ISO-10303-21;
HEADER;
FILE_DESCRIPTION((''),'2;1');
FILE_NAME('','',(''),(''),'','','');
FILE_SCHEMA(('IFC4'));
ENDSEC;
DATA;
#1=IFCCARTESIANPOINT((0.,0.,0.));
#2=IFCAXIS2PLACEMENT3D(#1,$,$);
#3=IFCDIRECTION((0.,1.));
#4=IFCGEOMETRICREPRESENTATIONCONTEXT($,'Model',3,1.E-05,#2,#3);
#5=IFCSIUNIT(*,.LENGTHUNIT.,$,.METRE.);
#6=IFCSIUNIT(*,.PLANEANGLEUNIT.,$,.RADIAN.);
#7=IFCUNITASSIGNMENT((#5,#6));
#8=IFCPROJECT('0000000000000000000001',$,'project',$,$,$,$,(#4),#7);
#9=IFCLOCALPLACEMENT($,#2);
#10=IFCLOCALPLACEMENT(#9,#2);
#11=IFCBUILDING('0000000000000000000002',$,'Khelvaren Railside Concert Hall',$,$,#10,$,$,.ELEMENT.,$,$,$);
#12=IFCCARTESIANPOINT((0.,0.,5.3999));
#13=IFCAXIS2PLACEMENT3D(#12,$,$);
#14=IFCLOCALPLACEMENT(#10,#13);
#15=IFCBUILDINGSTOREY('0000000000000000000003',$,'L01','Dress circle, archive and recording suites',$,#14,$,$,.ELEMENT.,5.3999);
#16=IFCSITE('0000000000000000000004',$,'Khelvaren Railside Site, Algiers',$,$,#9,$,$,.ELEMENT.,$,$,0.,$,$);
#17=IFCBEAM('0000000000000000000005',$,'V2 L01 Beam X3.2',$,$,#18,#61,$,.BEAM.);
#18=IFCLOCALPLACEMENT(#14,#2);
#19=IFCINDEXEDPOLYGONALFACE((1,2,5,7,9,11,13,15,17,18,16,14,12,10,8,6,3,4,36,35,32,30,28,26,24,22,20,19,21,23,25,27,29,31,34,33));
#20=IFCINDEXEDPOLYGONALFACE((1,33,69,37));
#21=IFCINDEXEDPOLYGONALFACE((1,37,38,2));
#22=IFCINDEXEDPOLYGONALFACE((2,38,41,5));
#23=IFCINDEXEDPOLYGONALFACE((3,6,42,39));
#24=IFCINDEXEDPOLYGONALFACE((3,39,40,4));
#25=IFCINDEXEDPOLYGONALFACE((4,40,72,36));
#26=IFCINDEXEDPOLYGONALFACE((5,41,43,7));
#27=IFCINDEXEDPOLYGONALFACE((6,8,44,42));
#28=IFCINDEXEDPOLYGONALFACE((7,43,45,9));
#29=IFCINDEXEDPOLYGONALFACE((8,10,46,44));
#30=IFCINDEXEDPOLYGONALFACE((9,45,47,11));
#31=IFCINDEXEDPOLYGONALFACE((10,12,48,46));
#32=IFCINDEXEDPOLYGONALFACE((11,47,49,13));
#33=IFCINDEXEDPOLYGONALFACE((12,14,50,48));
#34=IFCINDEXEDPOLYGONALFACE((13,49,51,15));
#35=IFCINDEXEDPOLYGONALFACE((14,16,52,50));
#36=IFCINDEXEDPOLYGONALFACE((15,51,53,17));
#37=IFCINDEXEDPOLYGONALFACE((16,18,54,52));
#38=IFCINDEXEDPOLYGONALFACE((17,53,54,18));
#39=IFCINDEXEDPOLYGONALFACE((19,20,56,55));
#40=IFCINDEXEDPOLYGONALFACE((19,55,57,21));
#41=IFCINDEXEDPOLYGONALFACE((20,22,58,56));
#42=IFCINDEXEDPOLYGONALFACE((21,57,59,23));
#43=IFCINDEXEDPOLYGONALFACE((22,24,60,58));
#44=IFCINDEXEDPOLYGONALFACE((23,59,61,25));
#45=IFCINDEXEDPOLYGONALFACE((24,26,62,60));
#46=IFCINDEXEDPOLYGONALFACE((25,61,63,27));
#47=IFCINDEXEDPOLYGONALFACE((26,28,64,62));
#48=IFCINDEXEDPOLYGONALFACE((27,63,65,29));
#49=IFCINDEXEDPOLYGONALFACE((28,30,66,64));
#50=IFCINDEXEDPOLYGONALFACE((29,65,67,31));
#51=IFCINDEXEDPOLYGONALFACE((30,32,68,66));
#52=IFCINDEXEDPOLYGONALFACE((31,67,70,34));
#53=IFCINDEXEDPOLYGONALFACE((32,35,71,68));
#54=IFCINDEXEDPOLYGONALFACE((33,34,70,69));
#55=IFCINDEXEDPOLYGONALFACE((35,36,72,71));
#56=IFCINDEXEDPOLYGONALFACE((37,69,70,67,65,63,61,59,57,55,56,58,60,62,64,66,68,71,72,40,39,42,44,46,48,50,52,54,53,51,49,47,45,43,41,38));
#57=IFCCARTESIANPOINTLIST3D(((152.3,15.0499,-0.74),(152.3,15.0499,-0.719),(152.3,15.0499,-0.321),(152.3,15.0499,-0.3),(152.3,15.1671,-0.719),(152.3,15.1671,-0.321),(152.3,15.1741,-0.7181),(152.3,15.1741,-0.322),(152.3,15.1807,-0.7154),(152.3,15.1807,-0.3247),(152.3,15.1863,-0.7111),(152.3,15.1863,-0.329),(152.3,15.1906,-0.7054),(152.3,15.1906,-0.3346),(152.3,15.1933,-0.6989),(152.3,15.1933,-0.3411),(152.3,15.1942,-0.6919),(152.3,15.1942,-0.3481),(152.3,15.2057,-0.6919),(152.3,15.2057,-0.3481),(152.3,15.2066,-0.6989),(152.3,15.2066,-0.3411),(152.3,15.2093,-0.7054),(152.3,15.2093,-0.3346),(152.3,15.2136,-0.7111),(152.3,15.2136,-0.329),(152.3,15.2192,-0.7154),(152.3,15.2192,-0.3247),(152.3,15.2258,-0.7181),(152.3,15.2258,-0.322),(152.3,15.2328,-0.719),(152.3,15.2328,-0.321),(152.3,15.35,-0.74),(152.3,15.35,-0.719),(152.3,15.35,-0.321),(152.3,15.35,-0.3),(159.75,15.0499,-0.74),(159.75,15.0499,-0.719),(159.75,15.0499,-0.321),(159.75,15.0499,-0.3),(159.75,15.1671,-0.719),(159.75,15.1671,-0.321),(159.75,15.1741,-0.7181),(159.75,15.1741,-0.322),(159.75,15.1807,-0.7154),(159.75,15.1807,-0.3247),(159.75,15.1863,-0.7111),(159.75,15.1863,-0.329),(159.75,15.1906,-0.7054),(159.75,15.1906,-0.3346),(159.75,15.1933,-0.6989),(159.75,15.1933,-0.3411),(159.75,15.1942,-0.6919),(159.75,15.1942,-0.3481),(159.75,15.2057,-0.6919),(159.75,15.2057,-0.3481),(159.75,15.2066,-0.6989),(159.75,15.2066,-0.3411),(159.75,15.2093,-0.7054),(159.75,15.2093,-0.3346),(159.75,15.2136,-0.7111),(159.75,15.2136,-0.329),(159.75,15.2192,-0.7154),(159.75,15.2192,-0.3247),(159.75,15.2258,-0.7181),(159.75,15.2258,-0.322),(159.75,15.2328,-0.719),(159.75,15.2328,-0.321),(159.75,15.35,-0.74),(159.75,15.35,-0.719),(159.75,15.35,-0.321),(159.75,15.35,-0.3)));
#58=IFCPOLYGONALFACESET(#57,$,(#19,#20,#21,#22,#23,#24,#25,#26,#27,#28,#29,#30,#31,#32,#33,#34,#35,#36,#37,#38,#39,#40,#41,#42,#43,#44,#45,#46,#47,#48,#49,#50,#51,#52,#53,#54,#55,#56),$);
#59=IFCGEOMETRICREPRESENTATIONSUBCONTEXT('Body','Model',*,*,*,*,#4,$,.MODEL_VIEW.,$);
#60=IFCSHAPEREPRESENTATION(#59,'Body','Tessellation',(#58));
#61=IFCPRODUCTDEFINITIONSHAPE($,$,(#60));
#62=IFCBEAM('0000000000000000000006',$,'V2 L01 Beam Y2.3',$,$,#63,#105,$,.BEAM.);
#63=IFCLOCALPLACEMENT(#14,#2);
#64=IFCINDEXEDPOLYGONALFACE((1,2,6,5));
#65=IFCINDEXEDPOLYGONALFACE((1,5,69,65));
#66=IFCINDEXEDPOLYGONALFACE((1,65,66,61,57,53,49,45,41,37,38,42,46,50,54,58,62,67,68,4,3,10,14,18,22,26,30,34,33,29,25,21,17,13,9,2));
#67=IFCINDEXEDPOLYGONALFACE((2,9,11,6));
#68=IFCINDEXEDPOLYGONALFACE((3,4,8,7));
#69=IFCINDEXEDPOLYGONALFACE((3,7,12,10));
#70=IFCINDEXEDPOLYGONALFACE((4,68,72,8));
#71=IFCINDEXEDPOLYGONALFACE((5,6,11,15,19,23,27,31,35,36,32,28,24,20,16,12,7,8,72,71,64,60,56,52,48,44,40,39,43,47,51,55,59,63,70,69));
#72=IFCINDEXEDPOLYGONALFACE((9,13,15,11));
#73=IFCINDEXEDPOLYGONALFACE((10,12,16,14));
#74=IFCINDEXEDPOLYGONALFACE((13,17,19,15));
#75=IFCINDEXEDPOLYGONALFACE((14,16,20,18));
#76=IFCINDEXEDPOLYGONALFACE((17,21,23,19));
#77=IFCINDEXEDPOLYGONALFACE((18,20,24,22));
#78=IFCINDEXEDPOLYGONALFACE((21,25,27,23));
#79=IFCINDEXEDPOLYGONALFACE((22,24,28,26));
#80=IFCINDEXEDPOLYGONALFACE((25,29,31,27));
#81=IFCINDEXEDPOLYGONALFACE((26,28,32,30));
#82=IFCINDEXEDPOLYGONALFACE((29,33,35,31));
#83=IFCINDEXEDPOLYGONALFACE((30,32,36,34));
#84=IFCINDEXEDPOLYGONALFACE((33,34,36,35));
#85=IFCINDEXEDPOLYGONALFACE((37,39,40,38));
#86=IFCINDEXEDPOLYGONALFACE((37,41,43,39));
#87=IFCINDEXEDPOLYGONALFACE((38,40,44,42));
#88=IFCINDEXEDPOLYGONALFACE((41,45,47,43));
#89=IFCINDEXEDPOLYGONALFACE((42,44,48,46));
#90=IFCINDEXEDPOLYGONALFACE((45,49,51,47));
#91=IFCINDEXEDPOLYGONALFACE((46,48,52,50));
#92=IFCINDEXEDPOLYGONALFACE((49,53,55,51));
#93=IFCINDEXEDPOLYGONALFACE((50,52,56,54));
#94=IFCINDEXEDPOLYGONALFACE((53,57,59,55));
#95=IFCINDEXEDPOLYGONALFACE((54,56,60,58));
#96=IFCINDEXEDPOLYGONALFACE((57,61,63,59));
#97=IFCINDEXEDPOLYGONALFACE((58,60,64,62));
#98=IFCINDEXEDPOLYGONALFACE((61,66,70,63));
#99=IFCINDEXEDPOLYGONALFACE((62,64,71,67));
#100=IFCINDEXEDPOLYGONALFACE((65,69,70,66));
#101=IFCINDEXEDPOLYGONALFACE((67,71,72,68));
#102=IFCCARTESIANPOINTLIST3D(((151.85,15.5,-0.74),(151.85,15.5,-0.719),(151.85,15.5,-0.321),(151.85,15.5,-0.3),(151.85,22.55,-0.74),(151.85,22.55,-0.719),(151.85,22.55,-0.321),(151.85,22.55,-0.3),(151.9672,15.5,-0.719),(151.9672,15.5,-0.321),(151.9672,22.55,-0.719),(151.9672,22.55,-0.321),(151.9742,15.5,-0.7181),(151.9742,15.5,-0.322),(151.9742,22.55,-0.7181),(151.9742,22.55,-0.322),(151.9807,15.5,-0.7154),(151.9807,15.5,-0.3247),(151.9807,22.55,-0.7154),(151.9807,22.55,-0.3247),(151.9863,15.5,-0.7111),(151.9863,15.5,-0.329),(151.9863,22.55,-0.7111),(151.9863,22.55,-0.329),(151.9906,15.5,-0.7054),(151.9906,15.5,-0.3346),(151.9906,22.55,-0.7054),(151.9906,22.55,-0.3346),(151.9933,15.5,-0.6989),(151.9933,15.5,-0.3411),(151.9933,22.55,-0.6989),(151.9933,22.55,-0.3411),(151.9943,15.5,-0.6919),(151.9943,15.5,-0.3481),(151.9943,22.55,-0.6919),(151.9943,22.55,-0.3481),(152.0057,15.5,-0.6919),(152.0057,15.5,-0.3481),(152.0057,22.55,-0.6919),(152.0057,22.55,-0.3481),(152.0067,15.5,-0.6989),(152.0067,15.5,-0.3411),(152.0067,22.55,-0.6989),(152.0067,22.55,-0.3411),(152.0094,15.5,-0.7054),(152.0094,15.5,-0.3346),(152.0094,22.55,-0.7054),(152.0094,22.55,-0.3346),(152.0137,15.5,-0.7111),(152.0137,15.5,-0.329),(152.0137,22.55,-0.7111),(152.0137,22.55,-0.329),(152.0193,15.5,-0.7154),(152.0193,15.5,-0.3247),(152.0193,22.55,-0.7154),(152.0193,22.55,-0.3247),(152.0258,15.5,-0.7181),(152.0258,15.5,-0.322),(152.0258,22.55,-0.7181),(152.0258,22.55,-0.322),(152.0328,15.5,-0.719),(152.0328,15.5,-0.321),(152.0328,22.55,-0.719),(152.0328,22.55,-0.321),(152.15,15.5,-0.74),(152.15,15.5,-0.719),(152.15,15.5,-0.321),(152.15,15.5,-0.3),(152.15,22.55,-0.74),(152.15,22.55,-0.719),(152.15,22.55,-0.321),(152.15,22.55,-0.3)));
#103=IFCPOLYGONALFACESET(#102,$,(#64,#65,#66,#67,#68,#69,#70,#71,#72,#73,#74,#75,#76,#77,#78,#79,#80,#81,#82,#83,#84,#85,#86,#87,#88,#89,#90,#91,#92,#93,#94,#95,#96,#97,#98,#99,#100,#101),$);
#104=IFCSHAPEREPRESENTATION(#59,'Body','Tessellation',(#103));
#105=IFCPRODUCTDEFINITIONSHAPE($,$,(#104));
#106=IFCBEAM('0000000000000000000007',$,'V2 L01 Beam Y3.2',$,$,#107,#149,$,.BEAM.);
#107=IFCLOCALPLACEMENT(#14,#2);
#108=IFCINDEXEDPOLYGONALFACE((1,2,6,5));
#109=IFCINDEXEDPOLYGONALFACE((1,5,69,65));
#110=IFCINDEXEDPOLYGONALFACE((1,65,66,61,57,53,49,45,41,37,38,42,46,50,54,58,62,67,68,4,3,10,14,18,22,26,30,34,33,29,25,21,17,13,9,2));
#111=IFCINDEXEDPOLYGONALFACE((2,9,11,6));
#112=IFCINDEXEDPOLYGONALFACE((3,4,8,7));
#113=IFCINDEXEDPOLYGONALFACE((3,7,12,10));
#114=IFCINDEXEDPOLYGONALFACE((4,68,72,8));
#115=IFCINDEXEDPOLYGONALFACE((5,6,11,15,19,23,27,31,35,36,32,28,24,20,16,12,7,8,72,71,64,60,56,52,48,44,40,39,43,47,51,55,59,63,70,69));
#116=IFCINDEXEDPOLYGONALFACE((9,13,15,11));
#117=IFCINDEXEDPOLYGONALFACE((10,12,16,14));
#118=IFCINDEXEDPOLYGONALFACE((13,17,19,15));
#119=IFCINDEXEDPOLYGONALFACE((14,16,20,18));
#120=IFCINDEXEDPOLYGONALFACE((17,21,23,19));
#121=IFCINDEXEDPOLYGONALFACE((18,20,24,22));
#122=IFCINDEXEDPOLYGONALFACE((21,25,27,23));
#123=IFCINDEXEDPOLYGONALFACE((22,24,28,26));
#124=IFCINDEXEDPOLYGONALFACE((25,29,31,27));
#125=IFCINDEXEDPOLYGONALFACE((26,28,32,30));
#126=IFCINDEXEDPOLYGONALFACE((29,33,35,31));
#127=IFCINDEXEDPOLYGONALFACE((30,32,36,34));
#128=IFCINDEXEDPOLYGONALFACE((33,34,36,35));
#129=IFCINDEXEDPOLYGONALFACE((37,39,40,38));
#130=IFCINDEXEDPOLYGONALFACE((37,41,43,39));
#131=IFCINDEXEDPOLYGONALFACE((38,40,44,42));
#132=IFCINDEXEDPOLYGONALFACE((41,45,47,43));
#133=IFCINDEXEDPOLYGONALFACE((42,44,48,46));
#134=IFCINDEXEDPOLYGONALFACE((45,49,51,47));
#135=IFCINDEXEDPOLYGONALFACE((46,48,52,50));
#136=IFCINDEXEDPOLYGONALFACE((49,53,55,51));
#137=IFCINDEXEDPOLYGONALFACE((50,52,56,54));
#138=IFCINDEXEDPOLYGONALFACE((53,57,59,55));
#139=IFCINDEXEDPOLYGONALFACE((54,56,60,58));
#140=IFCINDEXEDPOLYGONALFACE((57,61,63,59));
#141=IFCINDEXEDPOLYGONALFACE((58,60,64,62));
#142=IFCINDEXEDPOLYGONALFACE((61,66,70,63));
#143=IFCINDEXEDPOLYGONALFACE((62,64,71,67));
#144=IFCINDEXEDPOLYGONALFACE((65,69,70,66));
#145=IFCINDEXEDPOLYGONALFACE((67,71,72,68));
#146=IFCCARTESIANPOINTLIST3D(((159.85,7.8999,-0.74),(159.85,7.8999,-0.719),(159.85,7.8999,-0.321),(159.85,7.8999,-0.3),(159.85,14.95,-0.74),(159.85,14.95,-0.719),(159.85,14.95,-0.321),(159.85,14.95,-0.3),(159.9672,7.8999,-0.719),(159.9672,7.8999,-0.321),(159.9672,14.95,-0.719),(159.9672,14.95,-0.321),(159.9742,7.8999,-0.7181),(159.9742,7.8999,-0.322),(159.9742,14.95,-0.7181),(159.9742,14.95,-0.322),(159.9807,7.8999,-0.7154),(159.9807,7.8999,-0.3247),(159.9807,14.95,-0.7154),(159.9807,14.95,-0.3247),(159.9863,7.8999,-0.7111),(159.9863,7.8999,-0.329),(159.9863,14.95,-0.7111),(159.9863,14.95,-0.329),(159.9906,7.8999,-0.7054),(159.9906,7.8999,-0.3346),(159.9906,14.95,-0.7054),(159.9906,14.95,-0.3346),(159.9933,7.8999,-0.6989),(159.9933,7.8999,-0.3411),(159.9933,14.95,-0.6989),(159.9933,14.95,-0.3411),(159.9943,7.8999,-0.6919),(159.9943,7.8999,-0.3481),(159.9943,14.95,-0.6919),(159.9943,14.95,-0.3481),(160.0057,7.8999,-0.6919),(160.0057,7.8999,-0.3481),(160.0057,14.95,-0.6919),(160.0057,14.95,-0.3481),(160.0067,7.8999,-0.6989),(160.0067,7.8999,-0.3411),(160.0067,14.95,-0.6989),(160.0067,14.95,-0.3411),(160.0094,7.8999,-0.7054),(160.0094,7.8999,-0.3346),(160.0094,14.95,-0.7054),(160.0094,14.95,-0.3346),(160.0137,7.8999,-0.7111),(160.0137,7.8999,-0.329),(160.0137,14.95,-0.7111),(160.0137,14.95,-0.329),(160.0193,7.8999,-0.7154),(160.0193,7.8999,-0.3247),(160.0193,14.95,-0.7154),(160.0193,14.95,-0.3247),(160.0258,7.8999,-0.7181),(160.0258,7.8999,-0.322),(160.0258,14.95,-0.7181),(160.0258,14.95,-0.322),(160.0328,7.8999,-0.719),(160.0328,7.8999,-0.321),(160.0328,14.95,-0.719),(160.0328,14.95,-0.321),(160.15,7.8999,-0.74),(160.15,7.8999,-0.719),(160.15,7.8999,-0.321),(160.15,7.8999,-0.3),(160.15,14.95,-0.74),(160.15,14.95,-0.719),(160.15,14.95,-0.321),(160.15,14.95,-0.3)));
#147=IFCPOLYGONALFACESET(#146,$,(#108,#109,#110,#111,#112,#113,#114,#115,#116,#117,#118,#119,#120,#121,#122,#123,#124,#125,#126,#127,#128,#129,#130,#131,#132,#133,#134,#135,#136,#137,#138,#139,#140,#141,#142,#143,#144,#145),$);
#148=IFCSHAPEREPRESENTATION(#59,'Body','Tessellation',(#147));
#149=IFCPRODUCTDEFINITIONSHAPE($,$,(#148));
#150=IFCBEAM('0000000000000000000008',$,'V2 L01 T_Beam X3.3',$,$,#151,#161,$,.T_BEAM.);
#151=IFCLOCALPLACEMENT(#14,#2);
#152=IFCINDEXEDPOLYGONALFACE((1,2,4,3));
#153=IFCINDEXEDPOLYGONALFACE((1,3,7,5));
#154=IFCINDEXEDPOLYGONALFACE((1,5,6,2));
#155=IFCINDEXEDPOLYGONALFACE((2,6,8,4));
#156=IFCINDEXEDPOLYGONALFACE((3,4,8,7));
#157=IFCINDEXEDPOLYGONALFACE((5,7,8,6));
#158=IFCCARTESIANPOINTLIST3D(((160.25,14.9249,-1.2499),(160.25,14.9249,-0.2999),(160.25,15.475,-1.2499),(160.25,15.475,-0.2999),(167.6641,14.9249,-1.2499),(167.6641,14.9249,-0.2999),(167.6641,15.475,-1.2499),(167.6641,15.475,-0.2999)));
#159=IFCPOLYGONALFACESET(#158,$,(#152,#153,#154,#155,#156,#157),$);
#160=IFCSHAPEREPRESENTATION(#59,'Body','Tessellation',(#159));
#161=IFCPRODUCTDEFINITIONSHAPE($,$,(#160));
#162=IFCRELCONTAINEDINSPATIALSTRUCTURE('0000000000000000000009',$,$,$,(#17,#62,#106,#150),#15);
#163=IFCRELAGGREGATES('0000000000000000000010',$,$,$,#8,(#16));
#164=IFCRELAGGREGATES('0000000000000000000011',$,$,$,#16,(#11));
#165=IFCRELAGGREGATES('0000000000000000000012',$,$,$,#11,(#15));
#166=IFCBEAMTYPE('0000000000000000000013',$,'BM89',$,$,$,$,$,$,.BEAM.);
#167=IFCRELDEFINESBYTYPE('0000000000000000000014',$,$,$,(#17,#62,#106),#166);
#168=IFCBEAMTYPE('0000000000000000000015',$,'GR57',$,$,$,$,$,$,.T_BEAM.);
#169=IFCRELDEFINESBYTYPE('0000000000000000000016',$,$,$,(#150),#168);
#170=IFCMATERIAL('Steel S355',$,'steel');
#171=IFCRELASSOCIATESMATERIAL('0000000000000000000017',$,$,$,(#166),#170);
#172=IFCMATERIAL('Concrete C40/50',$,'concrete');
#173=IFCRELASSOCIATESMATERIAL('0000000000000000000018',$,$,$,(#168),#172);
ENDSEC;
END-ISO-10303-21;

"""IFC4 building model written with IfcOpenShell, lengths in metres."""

from ifc_helpers import new_model, si_unit, direction, frame, origin, origin_2d, place, context, subcontext, project, spatial, rectangle, i_section, extrude, material, material_profile, profile_set, type_object, element, save


model = new_model("IFC4")

# Units and contexts
model_context = context("Model", 3, precision=1e-05, world=origin(), true_north=direction((0.0, 1.0)))
body_context = subcontext(model_context, "Body", "Model", "MODEL_VIEW")
ifc_project = project(units=[si_unit("LENGTHUNIT", "METRE"), si_unit("PLANEANGLEUNIT", "RADIAN")], contexts=[model_context])

# Site, building, storey
site_placement = place(None, origin())
site = spatial("IfcSite", under=ifc_project, at=site_placement, Name="Khelvaren Railside Site, Algiers", CompositionType="ELEMENT", RefElevation=0.0)
building_placement = place(site_placement, origin())
building = spatial("IfcBuilding", under=site, at=building_placement, Name="Khelvaren Railside Concert Hall", CompositionType="ELEMENT")
storey_placement = place(building_placement, frame((0.0, 0.0, 5.3999)))
storey = spatial("IfcBuildingStorey", under=building, at=storey_placement, Name="L01", Description="Dress circle, archive and recording suites", CompositionType="ELEMENT", Elevation=5.3999)

# Beams
ifc_material_1 = material(Name="Steel S355", Category="steel")
ifc_material_2 = material(Name="Concrete C40/50", Category="concrete")
ifc_material_profile_1 = material_profile(ifc_material_1, i_section(OverallWidth=0.3, OverallDepth=0.4399, WebThickness=0.0115, FlangeThickness=0.021, FilletRadius=0.0271, at=origin_2d()), Name="HEA 450")
ifc_profile_set_1 = profile_set([ifc_material_profile_1], Name="Steel S355")
beam_type_1 = type_object("IfcBeamType", Name="BM89", PredefinedType="BEAM", material=ifc_profile_set_1)
for number, where, z_axis, x_axis, name in (
    (1, (152.3, 15.2, -0.52), (1.0, 0.0, 0.0), (0.0, 1.0, 0.0), "V2 L01 Beam X3.2"),
):
    element("IfcBeam", number, at=place(storey_placement, frame(where, z_axis=z_axis, x_axis=x_axis)), inside=storey, type_object=beam_type_1, Name=name, PredefinedType="BEAM", context=body_context, shape_type="SweptSolid", body=[
        extrude(i_section(OverallWidth=0.3, OverallDepth=0.4399, WebThickness=0.0115, FlangeThickness=0.021, FilletRadius=0.0271, at=origin_2d()), origin(), (0.0, 0.0, 1.0), 7.45),
    ])
for number, where, z_axis, x_axis, name in (
    (2, (152.0, 15.5, -0.52), (0.0, 1.0, 0.0), (-1.0, 0.0, 0.0), "V2 L01 Beam Y2.3"),
    (3, (160.0, 7.8999, -0.52), (0.0, 1.0, 0.0), (-1.0, 0.0, 0.0), "V2 L01 Beam Y3.2"),
):
    element("IfcBeam", number, at=place(storey_placement, frame(where, z_axis=z_axis, x_axis=x_axis)), inside=storey, type_object=beam_type_1, Name=name, PredefinedType="BEAM", context=body_context, shape_type="SweptSolid", body=[
        extrude(i_section(OverallWidth=0.3, OverallDepth=0.4399, WebThickness=0.0115, FlangeThickness=0.021, FilletRadius=0.0271, at=origin_2d()), origin(), (0.0, 0.0, 1.0), 7.05),
    ])
ifc_material_profile_2 = material_profile(ifc_material_2, rectangle(XDim=0.55, YDim=0.95, at=origin_2d()), Name="RCB 550x950")
ifc_profile_set_2 = profile_set([ifc_material_profile_2], Name="Concrete C40/50")
beam_type_2 = type_object("IfcBeamType", Name="GR57", PredefinedType="T_BEAM", material=ifc_profile_set_2)
beam_1_placement = place(storey_placement, frame((160.25, 15.2, -0.7749), z_axis=(1.0, 0.0, 0.0), x_axis=(0.0, 1.0, 0.0)))
element("IfcBeam", 4, at=beam_1_placement, inside=storey, type_object=beam_type_2, Name="V2 L01 T_Beam X3.3", PredefinedType="T_BEAM", context=body_context, shape_type="SweptSolid", body=[
    extrude(rectangle(XDim=0.55, YDim=0.95, at=origin_2d()), origin(), (0.0, 0.0, 1.0), 7.4141),
])

save(model, "model.ifc")
